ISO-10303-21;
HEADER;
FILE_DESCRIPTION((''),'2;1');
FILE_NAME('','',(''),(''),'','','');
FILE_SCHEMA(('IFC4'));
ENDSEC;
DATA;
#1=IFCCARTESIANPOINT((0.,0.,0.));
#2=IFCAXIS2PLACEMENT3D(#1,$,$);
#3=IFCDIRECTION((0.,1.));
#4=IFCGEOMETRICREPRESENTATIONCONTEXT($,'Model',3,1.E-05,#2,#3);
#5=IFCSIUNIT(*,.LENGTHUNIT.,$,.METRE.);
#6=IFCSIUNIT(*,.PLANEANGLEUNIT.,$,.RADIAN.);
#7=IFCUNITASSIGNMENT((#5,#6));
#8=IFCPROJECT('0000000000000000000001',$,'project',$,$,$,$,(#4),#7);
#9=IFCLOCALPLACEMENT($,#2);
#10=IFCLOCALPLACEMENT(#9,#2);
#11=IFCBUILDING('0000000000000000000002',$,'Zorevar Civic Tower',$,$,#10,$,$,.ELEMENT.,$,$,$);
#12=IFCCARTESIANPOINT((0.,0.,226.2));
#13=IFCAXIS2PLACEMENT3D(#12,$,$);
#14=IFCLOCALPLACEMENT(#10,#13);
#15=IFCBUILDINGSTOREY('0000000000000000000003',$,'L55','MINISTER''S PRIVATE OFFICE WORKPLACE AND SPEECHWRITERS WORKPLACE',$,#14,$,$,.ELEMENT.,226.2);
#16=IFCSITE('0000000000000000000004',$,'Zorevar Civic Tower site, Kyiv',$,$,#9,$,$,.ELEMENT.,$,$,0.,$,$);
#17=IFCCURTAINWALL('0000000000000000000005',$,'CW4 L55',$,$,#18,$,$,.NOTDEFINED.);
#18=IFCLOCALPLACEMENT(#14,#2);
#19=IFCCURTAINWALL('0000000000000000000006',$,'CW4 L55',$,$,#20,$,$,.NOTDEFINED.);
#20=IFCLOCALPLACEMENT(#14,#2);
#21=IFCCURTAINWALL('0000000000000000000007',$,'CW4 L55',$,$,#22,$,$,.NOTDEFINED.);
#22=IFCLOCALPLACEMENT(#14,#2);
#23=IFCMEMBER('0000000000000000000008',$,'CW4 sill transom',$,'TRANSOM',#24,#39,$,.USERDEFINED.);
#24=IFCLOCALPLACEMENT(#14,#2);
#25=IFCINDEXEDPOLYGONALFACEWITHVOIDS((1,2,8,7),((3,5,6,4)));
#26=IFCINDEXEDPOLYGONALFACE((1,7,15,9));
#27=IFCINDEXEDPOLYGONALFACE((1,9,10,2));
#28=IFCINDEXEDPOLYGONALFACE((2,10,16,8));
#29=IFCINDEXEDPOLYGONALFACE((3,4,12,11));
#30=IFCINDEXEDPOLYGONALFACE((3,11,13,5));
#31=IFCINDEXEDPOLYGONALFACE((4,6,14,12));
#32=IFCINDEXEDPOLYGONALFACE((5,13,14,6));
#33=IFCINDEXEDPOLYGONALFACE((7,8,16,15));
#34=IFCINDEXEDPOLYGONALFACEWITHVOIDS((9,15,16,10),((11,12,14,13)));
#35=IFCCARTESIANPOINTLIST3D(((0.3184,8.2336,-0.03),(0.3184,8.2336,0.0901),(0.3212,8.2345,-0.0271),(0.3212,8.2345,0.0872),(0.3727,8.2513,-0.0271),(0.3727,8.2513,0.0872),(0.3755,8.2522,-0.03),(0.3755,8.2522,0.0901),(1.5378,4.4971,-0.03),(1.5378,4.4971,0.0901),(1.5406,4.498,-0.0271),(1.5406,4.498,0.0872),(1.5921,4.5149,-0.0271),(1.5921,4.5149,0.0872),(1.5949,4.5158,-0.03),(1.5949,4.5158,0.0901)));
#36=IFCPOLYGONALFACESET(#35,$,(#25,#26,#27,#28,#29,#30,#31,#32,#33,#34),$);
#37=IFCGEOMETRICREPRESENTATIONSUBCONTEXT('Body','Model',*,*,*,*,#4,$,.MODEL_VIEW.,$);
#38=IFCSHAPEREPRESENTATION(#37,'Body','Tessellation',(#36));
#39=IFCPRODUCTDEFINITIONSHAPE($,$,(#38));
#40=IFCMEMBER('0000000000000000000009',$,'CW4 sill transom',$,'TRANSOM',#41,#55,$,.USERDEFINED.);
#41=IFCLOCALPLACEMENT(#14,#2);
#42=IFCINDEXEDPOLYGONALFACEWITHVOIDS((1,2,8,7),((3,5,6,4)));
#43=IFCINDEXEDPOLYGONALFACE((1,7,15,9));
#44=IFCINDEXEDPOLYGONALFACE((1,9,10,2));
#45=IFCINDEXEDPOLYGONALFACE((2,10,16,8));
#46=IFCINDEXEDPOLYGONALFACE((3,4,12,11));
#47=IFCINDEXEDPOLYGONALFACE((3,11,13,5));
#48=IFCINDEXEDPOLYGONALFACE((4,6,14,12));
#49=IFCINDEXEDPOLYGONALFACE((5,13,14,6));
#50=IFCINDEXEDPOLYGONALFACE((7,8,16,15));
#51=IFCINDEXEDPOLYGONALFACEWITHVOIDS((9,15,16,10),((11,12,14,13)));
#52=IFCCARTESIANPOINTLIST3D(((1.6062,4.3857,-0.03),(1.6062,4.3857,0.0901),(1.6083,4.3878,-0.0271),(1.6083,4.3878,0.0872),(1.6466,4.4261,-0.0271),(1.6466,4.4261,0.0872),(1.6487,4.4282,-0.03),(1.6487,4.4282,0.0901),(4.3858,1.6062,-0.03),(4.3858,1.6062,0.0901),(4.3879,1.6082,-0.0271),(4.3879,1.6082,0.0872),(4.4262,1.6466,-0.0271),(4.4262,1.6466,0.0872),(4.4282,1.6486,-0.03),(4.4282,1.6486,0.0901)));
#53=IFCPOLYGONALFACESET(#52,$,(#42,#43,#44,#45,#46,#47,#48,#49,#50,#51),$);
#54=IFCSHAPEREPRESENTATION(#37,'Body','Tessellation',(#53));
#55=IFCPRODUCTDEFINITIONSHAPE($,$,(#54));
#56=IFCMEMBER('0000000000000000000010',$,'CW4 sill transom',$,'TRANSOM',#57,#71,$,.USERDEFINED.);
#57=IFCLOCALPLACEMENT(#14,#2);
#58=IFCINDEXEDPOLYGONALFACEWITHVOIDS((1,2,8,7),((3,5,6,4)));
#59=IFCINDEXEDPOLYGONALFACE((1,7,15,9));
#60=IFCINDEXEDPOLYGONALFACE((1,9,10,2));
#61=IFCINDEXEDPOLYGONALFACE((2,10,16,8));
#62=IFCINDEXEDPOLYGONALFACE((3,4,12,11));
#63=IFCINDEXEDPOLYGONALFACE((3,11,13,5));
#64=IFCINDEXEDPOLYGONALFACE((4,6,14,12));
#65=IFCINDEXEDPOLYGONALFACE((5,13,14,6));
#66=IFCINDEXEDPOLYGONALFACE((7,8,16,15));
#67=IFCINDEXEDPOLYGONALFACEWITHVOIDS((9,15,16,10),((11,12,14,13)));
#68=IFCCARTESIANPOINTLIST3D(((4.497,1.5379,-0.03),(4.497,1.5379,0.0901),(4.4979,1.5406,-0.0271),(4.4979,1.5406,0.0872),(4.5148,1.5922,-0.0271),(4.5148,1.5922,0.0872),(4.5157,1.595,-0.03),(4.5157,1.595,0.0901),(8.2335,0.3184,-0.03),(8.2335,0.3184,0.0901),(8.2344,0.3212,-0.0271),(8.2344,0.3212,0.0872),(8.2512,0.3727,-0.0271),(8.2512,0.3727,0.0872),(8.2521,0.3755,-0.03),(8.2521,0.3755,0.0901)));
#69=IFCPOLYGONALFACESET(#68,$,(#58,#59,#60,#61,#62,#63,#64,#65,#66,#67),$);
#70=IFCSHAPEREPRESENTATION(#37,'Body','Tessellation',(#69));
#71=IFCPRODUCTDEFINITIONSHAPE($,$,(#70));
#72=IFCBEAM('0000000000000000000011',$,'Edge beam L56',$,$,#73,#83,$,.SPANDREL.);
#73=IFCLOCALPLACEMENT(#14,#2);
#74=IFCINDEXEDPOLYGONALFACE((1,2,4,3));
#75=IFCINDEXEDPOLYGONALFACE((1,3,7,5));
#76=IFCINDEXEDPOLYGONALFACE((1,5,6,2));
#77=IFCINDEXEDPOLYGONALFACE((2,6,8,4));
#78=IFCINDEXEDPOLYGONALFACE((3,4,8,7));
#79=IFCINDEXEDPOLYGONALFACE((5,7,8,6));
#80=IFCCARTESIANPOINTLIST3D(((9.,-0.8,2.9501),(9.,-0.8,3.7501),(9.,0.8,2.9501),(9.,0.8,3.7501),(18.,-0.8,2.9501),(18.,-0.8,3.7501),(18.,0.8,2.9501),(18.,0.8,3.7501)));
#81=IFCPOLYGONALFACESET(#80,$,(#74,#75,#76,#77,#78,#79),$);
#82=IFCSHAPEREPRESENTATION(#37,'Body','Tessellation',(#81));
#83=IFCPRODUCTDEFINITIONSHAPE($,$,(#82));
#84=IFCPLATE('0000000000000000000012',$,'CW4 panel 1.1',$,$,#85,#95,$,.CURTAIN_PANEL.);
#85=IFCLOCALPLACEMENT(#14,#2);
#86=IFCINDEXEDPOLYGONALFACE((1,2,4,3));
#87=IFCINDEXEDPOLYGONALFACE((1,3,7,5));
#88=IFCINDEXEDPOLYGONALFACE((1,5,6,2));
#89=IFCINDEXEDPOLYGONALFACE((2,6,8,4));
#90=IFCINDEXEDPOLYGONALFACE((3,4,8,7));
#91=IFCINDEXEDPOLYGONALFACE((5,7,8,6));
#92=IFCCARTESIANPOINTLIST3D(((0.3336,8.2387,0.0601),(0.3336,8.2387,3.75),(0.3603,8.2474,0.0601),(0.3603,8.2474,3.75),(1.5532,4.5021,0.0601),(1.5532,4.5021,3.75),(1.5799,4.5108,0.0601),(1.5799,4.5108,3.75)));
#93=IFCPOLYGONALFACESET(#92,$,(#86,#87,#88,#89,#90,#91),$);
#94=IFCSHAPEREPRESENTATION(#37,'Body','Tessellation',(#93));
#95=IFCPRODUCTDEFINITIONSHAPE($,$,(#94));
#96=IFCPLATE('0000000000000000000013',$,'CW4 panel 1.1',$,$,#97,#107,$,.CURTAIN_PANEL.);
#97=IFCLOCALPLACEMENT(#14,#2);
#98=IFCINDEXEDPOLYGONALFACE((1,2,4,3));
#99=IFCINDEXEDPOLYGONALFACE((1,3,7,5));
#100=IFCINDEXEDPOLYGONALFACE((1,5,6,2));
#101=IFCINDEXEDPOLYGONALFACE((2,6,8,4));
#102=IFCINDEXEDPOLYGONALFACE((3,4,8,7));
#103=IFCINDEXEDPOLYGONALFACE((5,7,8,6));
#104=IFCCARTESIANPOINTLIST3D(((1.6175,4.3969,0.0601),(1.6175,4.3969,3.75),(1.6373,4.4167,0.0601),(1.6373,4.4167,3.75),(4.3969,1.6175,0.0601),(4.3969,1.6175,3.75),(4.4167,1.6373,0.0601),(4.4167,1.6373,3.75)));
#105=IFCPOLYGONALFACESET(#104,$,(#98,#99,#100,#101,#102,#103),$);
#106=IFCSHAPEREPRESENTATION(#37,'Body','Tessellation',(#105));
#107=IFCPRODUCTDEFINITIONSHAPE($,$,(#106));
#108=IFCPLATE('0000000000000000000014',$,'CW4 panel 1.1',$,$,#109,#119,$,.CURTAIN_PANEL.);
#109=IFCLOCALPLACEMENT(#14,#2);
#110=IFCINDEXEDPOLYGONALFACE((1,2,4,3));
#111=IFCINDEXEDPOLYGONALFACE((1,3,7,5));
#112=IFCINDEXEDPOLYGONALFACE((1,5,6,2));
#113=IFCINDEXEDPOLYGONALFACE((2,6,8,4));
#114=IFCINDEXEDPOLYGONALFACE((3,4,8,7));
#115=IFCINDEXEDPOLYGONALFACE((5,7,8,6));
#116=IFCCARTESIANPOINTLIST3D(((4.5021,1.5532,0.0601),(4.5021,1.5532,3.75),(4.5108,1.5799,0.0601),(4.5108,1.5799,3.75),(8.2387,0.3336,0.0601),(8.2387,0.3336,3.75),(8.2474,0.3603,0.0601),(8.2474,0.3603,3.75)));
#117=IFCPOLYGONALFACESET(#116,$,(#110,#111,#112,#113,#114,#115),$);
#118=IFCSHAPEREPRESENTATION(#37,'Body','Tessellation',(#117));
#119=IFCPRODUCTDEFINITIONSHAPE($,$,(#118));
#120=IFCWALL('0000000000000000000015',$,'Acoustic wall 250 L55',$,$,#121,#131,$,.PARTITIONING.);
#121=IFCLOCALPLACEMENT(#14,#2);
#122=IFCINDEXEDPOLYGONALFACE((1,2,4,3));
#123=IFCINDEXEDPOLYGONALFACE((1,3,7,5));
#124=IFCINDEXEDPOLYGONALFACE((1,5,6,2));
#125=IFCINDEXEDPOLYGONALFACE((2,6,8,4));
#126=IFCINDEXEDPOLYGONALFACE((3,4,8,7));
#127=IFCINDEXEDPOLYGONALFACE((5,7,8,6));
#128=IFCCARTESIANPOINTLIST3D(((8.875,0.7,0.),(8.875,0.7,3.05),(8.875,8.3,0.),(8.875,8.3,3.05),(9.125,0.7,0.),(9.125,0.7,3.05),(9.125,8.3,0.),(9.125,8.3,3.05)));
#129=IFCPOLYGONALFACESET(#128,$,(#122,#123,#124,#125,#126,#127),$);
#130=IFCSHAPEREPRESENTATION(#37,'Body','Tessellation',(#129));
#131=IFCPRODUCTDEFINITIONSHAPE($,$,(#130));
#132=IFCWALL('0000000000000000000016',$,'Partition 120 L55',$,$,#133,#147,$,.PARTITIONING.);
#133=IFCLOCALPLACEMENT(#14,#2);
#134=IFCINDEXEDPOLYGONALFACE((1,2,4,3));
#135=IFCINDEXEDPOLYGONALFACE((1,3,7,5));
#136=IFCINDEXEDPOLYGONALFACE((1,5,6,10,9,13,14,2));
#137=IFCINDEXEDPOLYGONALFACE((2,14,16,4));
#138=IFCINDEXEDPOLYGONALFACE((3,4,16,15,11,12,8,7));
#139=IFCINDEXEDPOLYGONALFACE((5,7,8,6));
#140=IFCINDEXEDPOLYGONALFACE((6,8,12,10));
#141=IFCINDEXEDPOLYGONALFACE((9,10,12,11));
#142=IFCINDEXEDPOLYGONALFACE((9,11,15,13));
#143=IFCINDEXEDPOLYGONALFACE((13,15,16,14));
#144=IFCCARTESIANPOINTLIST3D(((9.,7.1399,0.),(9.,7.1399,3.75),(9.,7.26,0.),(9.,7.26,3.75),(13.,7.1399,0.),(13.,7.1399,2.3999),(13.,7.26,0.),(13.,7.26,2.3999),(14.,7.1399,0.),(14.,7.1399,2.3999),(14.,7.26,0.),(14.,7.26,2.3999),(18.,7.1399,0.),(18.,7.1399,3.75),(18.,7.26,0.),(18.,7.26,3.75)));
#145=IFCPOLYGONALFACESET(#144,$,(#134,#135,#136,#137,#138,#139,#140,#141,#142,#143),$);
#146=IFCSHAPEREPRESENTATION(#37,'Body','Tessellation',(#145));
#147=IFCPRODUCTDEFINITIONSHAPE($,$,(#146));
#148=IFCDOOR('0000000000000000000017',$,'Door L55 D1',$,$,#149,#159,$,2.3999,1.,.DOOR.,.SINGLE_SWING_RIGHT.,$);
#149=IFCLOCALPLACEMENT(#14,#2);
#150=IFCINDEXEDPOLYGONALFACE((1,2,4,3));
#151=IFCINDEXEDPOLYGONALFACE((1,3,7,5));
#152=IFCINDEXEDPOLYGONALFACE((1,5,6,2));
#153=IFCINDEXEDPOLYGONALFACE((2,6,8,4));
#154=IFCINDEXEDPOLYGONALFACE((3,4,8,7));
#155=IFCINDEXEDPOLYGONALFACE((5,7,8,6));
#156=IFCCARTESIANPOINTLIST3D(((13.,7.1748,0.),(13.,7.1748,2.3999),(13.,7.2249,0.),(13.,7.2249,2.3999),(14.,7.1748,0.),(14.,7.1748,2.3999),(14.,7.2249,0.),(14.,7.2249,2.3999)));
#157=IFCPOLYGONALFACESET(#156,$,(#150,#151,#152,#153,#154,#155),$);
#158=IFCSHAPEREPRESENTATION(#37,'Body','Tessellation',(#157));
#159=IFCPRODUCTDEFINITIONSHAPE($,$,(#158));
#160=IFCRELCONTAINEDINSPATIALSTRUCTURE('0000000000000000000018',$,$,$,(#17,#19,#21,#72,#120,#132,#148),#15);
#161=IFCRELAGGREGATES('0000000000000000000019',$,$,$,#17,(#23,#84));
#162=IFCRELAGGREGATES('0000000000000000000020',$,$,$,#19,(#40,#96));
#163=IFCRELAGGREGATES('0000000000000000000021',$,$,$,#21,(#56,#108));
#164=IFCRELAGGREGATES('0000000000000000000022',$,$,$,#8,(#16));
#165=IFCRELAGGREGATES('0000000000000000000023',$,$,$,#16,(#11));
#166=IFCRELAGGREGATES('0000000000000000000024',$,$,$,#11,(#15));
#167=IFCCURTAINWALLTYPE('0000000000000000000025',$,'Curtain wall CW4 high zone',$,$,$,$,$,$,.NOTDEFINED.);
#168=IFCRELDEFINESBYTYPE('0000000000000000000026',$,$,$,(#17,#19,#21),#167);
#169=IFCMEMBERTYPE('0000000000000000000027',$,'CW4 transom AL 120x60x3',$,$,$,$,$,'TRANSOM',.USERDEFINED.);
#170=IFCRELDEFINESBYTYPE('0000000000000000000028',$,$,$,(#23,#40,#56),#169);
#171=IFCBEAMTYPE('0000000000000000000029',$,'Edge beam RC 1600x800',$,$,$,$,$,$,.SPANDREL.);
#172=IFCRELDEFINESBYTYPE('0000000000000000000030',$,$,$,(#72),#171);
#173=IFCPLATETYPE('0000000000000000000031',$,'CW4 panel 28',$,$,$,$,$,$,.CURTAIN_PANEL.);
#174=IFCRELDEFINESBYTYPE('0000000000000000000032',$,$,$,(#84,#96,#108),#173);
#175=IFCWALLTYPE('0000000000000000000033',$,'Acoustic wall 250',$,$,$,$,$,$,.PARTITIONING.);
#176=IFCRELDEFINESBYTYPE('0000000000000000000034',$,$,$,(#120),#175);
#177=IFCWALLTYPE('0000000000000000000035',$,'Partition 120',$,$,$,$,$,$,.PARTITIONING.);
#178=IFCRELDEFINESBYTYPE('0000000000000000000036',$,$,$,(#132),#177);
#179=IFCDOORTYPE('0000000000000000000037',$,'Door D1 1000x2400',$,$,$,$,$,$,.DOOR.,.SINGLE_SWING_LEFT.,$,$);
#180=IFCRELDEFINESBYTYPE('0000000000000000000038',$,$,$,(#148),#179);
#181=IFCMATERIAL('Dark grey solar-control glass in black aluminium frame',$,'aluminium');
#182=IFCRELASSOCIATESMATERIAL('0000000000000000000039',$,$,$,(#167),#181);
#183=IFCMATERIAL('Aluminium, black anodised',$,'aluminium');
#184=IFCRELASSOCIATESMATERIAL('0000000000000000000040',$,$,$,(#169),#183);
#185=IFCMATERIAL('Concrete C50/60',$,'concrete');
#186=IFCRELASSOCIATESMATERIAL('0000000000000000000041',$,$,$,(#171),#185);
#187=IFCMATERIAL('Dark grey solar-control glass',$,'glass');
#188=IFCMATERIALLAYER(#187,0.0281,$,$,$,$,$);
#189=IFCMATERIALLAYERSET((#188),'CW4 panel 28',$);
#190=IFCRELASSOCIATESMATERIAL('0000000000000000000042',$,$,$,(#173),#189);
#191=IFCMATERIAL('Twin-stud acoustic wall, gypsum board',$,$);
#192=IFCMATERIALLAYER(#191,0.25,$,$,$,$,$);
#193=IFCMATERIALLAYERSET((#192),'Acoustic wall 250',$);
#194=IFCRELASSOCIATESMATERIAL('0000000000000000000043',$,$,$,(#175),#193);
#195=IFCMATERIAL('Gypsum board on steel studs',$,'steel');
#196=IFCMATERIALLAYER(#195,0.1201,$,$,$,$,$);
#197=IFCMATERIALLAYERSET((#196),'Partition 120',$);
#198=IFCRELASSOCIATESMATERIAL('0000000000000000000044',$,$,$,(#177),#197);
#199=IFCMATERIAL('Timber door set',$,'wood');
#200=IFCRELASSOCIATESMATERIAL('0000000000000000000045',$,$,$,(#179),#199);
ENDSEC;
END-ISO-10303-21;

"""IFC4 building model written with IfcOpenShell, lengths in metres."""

from ifc_helpers import new_model, si_unit, direction, frame, frame_2d, origin, origin_2d, place, context, subcontext, project, spatial, rectangle, hollow_rectangle, extrude, material, layer, layer_set, material_profile, profile_set, type_object, element, fill, aggregate, save


model = new_model("IFC4")

# Units and contexts
model_context = context("Model", 3, precision=1e-05, world=origin(), true_north=direction((0.0, 1.0)))
body_context = subcontext(model_context, "Body", "Model", "MODEL_VIEW")
ifc_project = project(units=[si_unit("LENGTHUNIT", "METRE"), si_unit("PLANEANGLEUNIT", "RADIAN")], contexts=[model_context])

# Site, building, storey
site_placement = place(None, origin())
site = spatial("IfcSite", under=ifc_project, at=site_placement, Name="Zorevar Civic Tower site, Kyiv", CompositionType="ELEMENT", RefElevation=0.0)
building_placement = place(site_placement, origin())
building = spatial("IfcBuilding", under=site, at=building_placement, Name="Zorevar Civic Tower", CompositionType="ELEMENT")
storey_placement = place(building_placement, frame((0.0, 0.0, 226.2)))
storey = spatial("IfcBuildingStorey", under=building, at=storey_placement, Name="L55", Description="MINISTER'S PRIVATE OFFICE WORKPLACE AND SPEECHWRITERS WORKPLACE", CompositionType="ELEMENT", Elevation=226.2)

# Curtain walls
ifc_material_1 = material(Name="Dark grey solar-control glass in black aluminium frame", Category="aluminium")
curtain_wall_type = type_object("IfcCurtainWallType", Name="Curtain wall CW4 high zone", PredefinedType="NOTDEFINED", material=ifc_material_1)
curtain_wall_1_placement = place(storey_placement, origin())
curtain_wall_1 = element("IfcCurtainWall", 1, at=curtain_wall_1_placement, inside=storey, type_object=curtain_wall_type, Name="CW4 L55", PredefinedType="NOTDEFINED")
curtain_wall_2_placement = place(storey_placement, origin())
curtain_wall_2 = element("IfcCurtainWall", 2, at=curtain_wall_2_placement, inside=storey, type_object=curtain_wall_type, Name="CW4 L55", PredefinedType="NOTDEFINED")
curtain_wall_3_placement = place(storey_placement, origin())
curtain_wall_3 = element("IfcCurtainWall", 3, at=curtain_wall_3_placement, inside=storey, type_object=curtain_wall_type, Name="CW4 L55", PredefinedType="NOTDEFINED")

# Members
ifc_material_2 = material(Name="Aluminium, black anodised", Category="aluminium")
ifc_material_profile_1 = material_profile(ifc_material_2, hollow_rectangle(XDim=0.0601, YDim=0.1201, WallThickness=0.0029, at=origin_2d()), Name="AL 120x60x3")
ifc_profile_set_1 = profile_set([ifc_material_profile_1], Name="Aluminium, black anodised")
member_type_1 = type_object("IfcMemberType", Name="CW4 transom AL 120x60x3", ElementType="TRANSOM", PredefinedType="USERDEFINED", material=ifc_profile_set_1)
member_1_placement = place(storey_placement, frame((0.3469, 8.2429, 0.03), z_axis=(0.310259, -0.950652, 0.0), x_axis=(0.950652, 0.310259, 0.0)))
member_1 = element("IfcMember", 4, at=member_1_placement, type_object=member_type_1, Name="CW4 sill transom", ObjectType="TRANSOM", PredefinedType="USERDEFINED", context=body_context, shape_type="SweptSolid", body=[
    extrude(hollow_rectangle(XDim=0.0601, YDim=0.1201, WallThickness=0.0029, at=origin_2d()), origin(), (0.0, 0.0, 1.0), 3.9304),
])
member_2_placement = place(storey_placement, frame((1.6274, 4.407, 0.03), z_axis=(0.707107, -0.707107, 0.0), x_axis=(0.707107, 0.707107, 0.0)))
member_2 = element("IfcMember", 5, at=member_2_placement, type_object=member_type_1, Name="CW4 sill transom", ObjectType="TRANSOM", PredefinedType="USERDEFINED", context=body_context, shape_type="SweptSolid", body=[
    extrude(hollow_rectangle(XDim=0.0601, YDim=0.1201, WallThickness=0.0029, at=origin_2d()), origin(), (0.0, 0.0, 1.0), 3.9309),
])
member_3_placement = place(storey_placement, frame((4.5063, 1.5664, 0.03), z_axis=(0.950652, -0.310259, 0.0), x_axis=(0.310259, 0.950652, 0.0)))
member_3 = element("IfcMember", 6, at=member_3_placement, type_object=member_type_1, Name="CW4 sill transom", ObjectType="TRANSOM", PredefinedType="USERDEFINED", context=body_context, shape_type="SweptSolid", body=[
    extrude(hollow_rectangle(XDim=0.0601, YDim=0.1201, WallThickness=0.0029, at=origin_2d()), origin(), (0.0, 0.0, 1.0), 3.9304),
])

# Beam
ifc_material_3 = material(Name="Concrete C50/60", Category="concrete")
ifc_material_profile_2 = material_profile(ifc_material_3, rectangle(XDim=1.6001, YDim=0.8, at=origin_2d()), Name="RC 1600x800")
ifc_profile_set_2 = profile_set([ifc_material_profile_2], Name="Concrete C50/60")
beam_type_1 = type_object("IfcBeamType", Name="Edge beam RC 1600x800", PredefinedType="SPANDREL", material=ifc_profile_set_2)
beam_1_placement = place(storey_placement, frame((9.0, 0.0, 3.3501), z_axis=(1.0, 0.0, 0.0), x_axis=(0.0, 1.0, 0.0)))
element("IfcBeam", 7, at=beam_1_placement, inside=storey, type_object=beam_type_1, Name="Edge beam L56", PredefinedType="SPANDREL", context=body_context, shape_type="SweptSolid", body=[
    extrude(rectangle(XDim=1.6001, YDim=0.8, at=origin_2d()), origin(), (0.0, 0.0, 1.0), 9.0),
])

# Plates
ifc_material_4 = material(Name="Dark grey solar-control glass", Category="glass")
ifc_layer_1 = layer(ifc_material_4, 0.0281)
ifc_layer_set_1 = layer_set([ifc_layer_1], Name="CW4 panel 28")
plate_type = type_object("IfcPlateType", Name="CW4 panel 28", PredefinedType="CURTAIN_PANEL", material=ifc_layer_set_1)
plate_1_placement = place(storey_placement, frame((0.9568, 6.3748, 0.0601), z_axis=(0.0, 0.0, 1.0), x_axis=(0.310281, -0.950645, 0.0)))
plate_1 = element("IfcPlate", 8, at=plate_1_placement, type_object=plate_type, Name="CW4 panel 1.1", PredefinedType="CURTAIN_PANEL", context=body_context, shape_type="SweptSolid", body=[
    extrude(rectangle(XDim=3.9307, YDim=0.0281, at=origin_2d()), origin(), (0.0, 0.0, 1.0), 3.6899),
])
aggregate(curtain_wall_1, [member_1, plate_1])
plate_2_placement = place(storey_placement, frame((3.0171, 3.0171, 0.0601), z_axis=(0.0, 0.0, 1.0), x_axis=(0.707107, -0.707107, 0.0)))
plate_2 = element("IfcPlate", 9, at=plate_2_placement, type_object=plate_type, Name="CW4 panel 1.1", PredefinedType="CURTAIN_PANEL", context=body_context, shape_type="SweptSolid", body=[
    extrude(rectangle(XDim=3.9307, YDim=0.0281, at=origin_2d()), origin(), (0.0, 0.0, 1.0), 3.6899),
])
aggregate(curtain_wall_2, [member_2, plate_2])
plate_3_placement = place(storey_placement, frame((6.3748, 0.9568, 0.0601), z_axis=(0.0, 0.0, 1.0), x_axis=(0.950645, -0.310281, 0.0)))
plate_3 = element("IfcPlate", 10, at=plate_3_placement, type_object=plate_type, Name="CW4 panel 1.1", PredefinedType="CURTAIN_PANEL", context=body_context, shape_type="SweptSolid", body=[
    extrude(rectangle(XDim=3.9307, YDim=0.0281, at=origin_2d()), origin(), (0.0, 0.0, 1.0), 3.6899),
])
aggregate(curtain_wall_3, [member_3, plate_3])

# Shared definitions
ifc_material_5 = material(Name="Twin-stud acoustic wall, gypsum board")
ifc_layer_2 = layer(ifc_material_5, 0.25)
ifc_layer_set_2 = layer_set([ifc_layer_2], Name="Acoustic wall 250")
wall_type_1 = type_object("IfcWallType", Name="Acoustic wall 250", PredefinedType="PARTITIONING", material=ifc_layer_set_2)

# Wall
wall_1_placement = place(storey_placement, frame((9.0, 0.7, 0.0), z_axis=(0.0, 0.0, 1.0), x_axis=(0.0, 1.0, 0.0)))
element("IfcWall", 11, at=wall_1_placement, inside=storey, type_object=wall_type_1, Name="Acoustic wall 250 L55", PredefinedType="PARTITIONING", context=body_context, shape_type="SweptSolid", body=[
    extrude(rectangle(XDim=7.6001, YDim=0.25, at=frame_2d((3.8, 0.0))), origin(), (0.0, 0.0, 1.0), 3.05),
])

# Wall, opening, door
ifc_material_6 = material(Name="Gypsum board on steel studs", Category="steel")
ifc_layer_3 = layer(ifc_material_6, 0.1201)
ifc_layer_set_3 = layer_set([ifc_layer_3], Name="Partition 120")
wall_type_2 = type_object("IfcWallType", Name="Partition 120", PredefinedType="PARTITIONING", material=ifc_layer_set_3)
wall_2_placement = place(storey_placement, frame((9.0, 7.2, 0.0), z_axis=(0.0, 0.0, 1.0), x_axis=(1.0, 0.0, 0.0)))
wall_2 = element("IfcWall", 12, at=wall_2_placement, inside=storey, type_object=wall_type_2, Name="Partition 120 L55", PredefinedType="PARTITIONING", context=body_context, shape_type="SweptSolid", body=[
    extrude(rectangle(XDim=9.0, YDim=0.1201, at=frame_2d((4.5, 0.0))), origin(), (0.0, 0.0, 1.0), 3.75),
])
opening_1_placement = place(wall_2_placement, frame((4.0, 0.0, 0.0)))
opening_1 = element("IfcOpeningElement", 13, at=opening_1_placement, cuts=wall_2, PredefinedType="OPENING", context=body_context, shape_type="SweptSolid", body=[
    extrude(rectangle(XDim=1.0, YDim=2.3999, at=frame_2d((0.5, 1.2))), frame((0.0, 0.0701, 0.0), z_axis=(0.0, -1.0, 0.0), x_axis=(1.0, 0.0, 0.0)), (0.0, 0.0, 1.0), 0.1401),
])
ifc_material_7 = material(Name="Timber door set", Category="wood")
door_type_1 = type_object("IfcDoorType", Name="Door D1 1000x2400", OperationType="SINGLE_SWING_LEFT", PredefinedType="DOOR", material=ifc_material_7)
door_1_placement = place(opening_1_placement, origin())
door_1 = element("IfcDoor", 14, at=door_1_placement, inside=storey, type_object=door_type_1, Name="Door L55 D1", OperationType="SINGLE_SWING_RIGHT", OverallHeight=2.3999, OverallWidth=1.0, PredefinedType="DOOR", context=body_context, shape_type="SweptSolid", body=[
    extrude(rectangle(XDim=1.0, YDim=2.3999, at=frame_2d((0.5, 1.2))), frame((0.0, 0.0249, 0.0), z_axis=(0.0, -1.0, 0.0), x_axis=(1.0, 0.0, 0.0)), (0.0, 0.0, 1.0), 0.05),
])
fill(opening_1, door_1)

save(model, "model.ifc")
